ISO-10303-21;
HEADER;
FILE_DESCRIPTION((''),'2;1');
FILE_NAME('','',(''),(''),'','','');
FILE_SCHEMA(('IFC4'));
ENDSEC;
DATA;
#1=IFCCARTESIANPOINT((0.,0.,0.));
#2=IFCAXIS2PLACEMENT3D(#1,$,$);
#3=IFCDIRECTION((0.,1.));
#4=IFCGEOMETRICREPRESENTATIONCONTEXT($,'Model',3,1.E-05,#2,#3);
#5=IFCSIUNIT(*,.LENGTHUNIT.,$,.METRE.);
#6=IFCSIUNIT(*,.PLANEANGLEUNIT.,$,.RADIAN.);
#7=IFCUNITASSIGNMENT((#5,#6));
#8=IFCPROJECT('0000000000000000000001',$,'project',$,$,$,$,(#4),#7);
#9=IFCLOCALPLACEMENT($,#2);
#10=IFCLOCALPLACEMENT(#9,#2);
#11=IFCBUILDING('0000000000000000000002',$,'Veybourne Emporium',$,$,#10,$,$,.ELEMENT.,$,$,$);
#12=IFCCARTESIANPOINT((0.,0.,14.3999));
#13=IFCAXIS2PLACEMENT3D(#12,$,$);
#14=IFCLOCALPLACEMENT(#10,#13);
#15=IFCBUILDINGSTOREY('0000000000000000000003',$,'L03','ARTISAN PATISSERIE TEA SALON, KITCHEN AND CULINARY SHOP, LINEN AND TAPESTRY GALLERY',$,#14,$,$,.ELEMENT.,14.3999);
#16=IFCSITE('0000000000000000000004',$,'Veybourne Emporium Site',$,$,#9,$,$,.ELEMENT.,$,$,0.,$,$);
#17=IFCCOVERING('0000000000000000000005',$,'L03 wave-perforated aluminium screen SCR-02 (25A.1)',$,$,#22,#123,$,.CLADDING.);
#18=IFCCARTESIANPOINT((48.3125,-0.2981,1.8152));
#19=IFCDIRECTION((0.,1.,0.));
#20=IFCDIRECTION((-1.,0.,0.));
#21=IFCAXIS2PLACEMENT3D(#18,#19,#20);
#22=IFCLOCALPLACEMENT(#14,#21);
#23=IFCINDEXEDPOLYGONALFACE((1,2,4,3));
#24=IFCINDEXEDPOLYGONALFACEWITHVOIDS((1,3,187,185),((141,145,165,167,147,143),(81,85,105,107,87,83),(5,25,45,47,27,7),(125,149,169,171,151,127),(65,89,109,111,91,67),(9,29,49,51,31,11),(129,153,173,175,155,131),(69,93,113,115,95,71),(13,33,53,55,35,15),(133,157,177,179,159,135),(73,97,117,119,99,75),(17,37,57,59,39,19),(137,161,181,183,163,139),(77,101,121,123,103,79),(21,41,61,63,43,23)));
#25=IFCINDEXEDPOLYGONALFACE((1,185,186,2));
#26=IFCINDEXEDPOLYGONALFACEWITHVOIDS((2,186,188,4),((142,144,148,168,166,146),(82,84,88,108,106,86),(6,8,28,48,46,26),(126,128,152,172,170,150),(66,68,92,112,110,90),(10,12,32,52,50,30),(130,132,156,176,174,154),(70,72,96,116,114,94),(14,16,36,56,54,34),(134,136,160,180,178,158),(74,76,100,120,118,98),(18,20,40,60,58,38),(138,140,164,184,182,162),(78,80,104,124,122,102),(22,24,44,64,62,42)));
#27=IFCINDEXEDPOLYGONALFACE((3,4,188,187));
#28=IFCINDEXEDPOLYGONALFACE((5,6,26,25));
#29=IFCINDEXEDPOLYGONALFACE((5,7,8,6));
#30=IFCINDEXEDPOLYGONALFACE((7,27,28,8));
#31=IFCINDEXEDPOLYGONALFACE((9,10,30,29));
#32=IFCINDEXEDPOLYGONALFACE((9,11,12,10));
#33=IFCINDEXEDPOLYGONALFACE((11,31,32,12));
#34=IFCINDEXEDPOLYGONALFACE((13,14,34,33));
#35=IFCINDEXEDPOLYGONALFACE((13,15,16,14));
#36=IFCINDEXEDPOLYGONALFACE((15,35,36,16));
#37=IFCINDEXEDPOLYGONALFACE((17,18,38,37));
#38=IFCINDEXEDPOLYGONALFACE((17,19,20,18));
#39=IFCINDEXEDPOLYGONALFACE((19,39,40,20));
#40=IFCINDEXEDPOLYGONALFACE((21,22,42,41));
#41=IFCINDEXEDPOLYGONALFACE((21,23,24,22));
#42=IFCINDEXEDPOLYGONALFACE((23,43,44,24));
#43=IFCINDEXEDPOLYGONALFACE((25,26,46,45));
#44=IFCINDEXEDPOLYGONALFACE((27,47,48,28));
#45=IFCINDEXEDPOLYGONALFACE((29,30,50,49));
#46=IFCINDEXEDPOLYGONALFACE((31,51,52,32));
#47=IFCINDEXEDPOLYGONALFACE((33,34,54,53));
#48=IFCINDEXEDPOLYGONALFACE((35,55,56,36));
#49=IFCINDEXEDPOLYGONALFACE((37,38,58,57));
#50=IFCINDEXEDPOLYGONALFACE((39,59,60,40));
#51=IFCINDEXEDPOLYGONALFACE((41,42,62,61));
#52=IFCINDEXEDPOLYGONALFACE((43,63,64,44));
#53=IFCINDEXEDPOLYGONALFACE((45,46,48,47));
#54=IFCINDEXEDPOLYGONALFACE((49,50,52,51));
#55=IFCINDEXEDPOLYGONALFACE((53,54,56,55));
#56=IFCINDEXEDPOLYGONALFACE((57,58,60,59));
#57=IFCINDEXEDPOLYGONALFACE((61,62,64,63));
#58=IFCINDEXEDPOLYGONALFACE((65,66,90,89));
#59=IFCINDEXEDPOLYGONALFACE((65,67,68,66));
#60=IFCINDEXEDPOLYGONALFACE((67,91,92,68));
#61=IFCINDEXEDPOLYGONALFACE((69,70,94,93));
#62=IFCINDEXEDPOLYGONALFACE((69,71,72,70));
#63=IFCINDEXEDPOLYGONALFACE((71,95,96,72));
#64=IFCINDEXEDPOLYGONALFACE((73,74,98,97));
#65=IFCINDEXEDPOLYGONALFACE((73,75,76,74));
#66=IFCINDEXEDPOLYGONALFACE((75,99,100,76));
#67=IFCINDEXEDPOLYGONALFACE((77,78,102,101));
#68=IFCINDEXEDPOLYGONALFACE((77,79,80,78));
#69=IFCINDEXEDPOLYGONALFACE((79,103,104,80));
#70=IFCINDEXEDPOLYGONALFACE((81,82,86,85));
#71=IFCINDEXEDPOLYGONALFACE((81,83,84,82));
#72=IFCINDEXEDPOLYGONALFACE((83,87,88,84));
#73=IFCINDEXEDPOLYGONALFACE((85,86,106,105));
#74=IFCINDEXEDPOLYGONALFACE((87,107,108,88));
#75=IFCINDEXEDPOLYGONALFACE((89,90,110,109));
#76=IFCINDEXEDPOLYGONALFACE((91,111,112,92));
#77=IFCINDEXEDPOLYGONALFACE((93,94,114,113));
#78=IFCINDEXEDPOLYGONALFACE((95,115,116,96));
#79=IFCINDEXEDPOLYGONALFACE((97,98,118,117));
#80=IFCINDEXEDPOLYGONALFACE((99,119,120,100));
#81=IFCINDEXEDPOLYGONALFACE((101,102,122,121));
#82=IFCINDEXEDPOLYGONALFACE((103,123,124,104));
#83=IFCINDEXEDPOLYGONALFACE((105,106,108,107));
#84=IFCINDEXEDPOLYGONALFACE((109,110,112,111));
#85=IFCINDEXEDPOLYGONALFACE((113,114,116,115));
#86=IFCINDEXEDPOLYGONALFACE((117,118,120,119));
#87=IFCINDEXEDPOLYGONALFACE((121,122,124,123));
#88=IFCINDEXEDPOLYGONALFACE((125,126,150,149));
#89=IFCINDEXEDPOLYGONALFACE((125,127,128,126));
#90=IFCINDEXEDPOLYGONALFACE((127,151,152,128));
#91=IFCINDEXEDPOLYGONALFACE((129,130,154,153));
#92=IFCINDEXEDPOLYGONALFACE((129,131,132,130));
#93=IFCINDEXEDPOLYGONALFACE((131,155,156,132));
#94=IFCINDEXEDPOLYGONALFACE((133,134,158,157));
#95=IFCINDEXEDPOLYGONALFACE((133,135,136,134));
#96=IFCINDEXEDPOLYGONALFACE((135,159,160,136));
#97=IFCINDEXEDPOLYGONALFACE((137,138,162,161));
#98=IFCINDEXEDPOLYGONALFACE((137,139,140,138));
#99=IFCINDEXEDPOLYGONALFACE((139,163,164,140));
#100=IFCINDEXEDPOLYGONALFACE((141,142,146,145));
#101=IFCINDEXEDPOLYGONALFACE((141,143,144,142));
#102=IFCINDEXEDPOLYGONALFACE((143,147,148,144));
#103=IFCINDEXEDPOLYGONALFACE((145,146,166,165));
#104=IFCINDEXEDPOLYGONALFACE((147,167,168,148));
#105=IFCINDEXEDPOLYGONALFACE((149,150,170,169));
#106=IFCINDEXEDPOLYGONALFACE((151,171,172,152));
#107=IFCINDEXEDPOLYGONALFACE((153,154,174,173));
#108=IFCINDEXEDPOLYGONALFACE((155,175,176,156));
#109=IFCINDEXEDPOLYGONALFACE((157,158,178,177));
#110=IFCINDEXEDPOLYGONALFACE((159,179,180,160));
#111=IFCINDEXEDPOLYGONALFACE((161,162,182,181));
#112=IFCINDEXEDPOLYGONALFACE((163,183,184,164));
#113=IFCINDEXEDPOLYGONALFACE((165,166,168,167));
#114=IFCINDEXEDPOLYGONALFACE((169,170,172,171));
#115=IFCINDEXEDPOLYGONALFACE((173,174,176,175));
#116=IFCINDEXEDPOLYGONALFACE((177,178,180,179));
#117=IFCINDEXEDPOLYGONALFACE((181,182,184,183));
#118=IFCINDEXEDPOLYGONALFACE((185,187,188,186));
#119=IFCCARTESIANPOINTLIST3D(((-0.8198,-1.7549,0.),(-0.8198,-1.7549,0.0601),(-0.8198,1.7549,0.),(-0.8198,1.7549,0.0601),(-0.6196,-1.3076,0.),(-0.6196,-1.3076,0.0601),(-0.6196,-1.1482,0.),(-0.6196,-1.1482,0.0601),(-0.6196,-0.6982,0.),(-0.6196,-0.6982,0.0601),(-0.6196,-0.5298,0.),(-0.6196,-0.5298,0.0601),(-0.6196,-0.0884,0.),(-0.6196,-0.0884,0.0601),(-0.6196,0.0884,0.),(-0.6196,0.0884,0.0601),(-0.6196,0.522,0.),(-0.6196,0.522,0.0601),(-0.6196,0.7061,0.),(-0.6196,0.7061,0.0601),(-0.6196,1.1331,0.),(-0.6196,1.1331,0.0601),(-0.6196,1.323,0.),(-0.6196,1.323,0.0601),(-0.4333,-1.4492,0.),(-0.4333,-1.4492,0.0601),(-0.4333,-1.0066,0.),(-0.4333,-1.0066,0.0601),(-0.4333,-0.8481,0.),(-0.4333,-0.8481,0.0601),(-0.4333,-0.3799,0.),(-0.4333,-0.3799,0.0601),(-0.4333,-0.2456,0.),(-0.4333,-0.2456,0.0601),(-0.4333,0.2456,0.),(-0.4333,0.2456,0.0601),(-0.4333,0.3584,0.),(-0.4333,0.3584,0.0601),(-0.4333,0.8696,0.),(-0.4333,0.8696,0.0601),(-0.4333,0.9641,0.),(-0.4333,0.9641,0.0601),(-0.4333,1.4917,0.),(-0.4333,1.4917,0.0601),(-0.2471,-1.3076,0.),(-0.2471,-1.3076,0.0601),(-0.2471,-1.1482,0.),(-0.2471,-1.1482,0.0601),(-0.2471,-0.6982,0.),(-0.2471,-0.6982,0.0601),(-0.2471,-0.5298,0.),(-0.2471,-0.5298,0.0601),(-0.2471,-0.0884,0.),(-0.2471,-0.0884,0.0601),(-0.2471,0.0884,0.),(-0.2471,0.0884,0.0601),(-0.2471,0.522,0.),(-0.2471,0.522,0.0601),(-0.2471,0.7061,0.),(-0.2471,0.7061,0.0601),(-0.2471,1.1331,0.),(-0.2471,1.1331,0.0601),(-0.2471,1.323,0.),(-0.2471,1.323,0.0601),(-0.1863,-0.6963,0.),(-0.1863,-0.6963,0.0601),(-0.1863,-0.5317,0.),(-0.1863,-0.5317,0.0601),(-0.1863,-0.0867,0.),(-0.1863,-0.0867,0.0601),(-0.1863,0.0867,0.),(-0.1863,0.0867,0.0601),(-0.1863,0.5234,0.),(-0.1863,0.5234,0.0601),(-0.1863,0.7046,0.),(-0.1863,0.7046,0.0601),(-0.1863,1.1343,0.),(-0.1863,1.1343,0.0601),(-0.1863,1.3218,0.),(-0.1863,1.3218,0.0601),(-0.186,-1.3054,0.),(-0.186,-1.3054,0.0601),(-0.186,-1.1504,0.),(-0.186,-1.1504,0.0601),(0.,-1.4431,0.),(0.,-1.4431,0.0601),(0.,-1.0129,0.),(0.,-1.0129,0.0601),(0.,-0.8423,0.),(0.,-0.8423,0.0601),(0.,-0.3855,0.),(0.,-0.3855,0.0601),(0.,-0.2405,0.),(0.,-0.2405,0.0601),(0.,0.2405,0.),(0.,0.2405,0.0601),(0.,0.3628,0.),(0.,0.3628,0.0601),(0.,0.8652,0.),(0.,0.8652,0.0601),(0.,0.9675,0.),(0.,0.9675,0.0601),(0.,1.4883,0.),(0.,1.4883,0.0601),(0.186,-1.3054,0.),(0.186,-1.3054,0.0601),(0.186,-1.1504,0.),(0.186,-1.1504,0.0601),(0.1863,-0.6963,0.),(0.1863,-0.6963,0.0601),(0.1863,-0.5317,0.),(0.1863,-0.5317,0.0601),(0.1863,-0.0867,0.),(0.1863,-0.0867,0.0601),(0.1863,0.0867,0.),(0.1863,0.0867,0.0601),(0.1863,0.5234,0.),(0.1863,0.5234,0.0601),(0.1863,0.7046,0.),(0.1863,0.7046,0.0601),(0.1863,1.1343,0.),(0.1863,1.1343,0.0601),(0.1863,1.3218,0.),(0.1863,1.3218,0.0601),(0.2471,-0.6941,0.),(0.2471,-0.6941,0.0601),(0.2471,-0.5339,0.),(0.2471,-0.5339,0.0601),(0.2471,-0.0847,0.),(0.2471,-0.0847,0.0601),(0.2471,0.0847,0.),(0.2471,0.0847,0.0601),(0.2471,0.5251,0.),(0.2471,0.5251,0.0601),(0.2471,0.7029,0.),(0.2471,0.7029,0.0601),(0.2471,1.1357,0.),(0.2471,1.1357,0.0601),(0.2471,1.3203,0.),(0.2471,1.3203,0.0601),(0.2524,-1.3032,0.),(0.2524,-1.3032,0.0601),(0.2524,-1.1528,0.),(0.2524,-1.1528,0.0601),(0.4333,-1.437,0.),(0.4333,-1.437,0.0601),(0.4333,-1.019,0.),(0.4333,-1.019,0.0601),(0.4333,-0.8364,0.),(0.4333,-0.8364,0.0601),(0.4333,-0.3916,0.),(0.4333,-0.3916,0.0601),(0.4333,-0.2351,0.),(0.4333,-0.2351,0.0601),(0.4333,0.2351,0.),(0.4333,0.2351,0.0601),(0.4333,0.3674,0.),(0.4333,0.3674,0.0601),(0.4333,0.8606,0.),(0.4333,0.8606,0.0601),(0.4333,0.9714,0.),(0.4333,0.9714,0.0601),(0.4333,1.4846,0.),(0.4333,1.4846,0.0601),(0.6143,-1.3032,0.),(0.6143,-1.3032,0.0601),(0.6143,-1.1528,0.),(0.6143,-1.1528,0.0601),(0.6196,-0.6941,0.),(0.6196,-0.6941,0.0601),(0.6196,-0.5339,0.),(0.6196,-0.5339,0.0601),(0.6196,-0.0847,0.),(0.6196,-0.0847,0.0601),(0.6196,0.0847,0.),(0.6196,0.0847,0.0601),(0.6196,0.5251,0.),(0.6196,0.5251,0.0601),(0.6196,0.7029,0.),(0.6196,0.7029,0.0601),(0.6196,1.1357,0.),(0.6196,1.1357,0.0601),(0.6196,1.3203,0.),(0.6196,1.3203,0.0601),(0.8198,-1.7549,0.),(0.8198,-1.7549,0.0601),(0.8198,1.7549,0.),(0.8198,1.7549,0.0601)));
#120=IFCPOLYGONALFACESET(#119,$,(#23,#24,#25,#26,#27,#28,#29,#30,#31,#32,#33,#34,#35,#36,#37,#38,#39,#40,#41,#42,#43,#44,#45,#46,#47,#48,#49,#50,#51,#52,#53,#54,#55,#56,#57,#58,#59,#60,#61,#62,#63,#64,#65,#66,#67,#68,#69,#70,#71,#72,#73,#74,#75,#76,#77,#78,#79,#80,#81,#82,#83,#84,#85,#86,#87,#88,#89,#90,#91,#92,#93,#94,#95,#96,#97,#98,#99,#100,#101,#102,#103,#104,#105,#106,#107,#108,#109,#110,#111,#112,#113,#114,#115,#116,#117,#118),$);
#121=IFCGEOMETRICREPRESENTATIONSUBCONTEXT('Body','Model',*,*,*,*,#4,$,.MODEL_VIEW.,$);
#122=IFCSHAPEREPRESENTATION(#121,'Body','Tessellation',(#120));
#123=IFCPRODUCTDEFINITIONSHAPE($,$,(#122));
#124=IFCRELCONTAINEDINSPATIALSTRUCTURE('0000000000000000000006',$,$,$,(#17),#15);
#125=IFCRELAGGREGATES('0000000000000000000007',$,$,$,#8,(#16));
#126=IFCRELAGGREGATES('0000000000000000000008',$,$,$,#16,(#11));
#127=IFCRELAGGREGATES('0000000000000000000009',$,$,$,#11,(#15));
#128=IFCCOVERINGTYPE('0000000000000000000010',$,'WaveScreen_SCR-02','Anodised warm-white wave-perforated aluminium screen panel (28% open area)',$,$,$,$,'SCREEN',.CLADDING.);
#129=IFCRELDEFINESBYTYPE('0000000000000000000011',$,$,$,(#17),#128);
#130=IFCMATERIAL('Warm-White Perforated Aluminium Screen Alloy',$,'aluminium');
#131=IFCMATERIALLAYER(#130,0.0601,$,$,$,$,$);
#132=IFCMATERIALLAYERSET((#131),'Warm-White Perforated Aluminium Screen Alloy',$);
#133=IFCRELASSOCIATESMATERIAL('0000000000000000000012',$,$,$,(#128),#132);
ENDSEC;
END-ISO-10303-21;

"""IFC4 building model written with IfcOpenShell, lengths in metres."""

from ifc_helpers import new_model, si_unit, direction, frame, origin, place, context, subcontext, project, spatial, polyline, outline, extrude, material, layer, layer_set, type_object, element, save


model = new_model("IFC4")

# Units and contexts
model_context = context("Model", 3, precision=1e-05, world=origin(), true_north=direction((0.0, 1.0)))
body_context = subcontext(model_context, "Body", "Model", "MODEL_VIEW")
ifc_project = project(units=[si_unit("LENGTHUNIT", "METRE"), si_unit("PLANEANGLEUNIT", "RADIAN")], contexts=[model_context])

# Site, building, storey
site_placement = place(None, origin())
site = spatial("IfcSite", under=ifc_project, at=site_placement, Name="Veybourne Emporium Site", CompositionType="ELEMENT", RefElevation=0.0)
building_placement = place(site_placement, origin())
building = spatial("IfcBuilding", under=site, at=building_placement, Name="Veybourne Emporium", CompositionType="ELEMENT")
storey_placement = place(building_placement, frame((0.0, 0.0, 14.3999)))
storey = spatial("IfcBuildingStorey", under=building, at=storey_placement, Name="L03", Description="ARTISAN PATISSERIE TEA SALON, KITCHEN AND CULINARY SHOP, LINEN AND TAPESTRY GALLERY", CompositionType="ELEMENT", Elevation=14.3999)

# Covering
ifc_material_1 = material(Name="Warm-White Perforated Aluminium Screen Alloy", Category="aluminium")
ifc_layer_1 = layer(ifc_material_1, 0.0601)
ifc_layer_set_1 = layer_set([ifc_layer_1], Name="Warm-White Perforated Aluminium Screen Alloy")
covering_type_1 = type_object("IfcCoveringType", Name="WaveScreen_SCR-02", Description="Anodised warm-white wave-perforated aluminium screen panel (28% open area)", ElementType="SCREEN", PredefinedType="CLADDING", material=ifc_layer_set_1)
covering_1_placement = place(storey_placement, frame((48.3125, -0.2981, 1.8152), z_axis=(0.0, 1.0, 0.0), x_axis=(-1.0, 0.0, 0.0)))
element("IfcCovering", 1, at=covering_1_placement, inside=storey, type_object=covering_type_1, Name="L03 wave-perforated aluminium screen SCR-02 (25A.1)", PredefinedType="CLADDING", context=body_context, shape_type="SweptSolid", body=[
    extrude(outline(polyline([(-0.8198, -1.7549), (0.8198, -1.7549), (0.8198, 1.7549), (-0.8198, 1.7549), (-0.8198, -1.7549)]), holes=[polyline([(-0.4333, -1.0066), (-0.2471, -1.1482), (-0.2471, -1.3076), (-0.4333, -1.4492), (-0.6196, -1.3076), (-0.6196, -1.1482), (-0.4333, -1.0066)]), polyline([(-0.4333, -0.3799), (-0.2471, -0.5298), (-0.2471, -0.6982), (-0.4333, -0.8481), (-0.6196, -0.6982), (-0.6196, -0.5298), (-0.4333, -0.3799)]), polyline([(-0.4333, 0.2456), (-0.2471, 0.0884), (-0.2471, -0.0884), (-0.4333, -0.2456), (-0.6196, -0.0884), (-0.6196, 0.0884), (-0.4333, 0.2456)]), polyline([(-0.4333, 0.8696), (-0.2471, 0.7061), (-0.2471, 0.522), (-0.4333, 0.3584), (-0.6196, 0.522), (-0.6196, 0.7061), (-0.4333, 0.8696)]), polyline([(-0.4333, 1.4917), (-0.2471, 1.323), (-0.2471, 1.1331), (-0.4333, 0.9641), (-0.6196, 1.1331), (-0.6196, 1.323), (-0.4333, 1.4917)]), polyline([(0.0, -1.0129), (0.186, -1.1504), (0.186, -1.3054), (0.0, -1.4431), (-0.186, -1.3054), (-0.186, -1.1504), (0.0, -1.0129)]), polyline([(0.0, -0.3855), (0.1863, -0.5317), (0.1863, -0.6963), (0.0, -0.8423), (-0.1863, -0.6963), (-0.1863, -0.5317), (0.0, -0.3855)]), polyline([(0.0, 0.2405), (0.1863, 0.0867), (0.1863, -0.0867), (0.0, -0.2405), (-0.1863, -0.0867), (-0.1863, 0.0867), (0.0, 0.2405)]), polyline([(0.0, 0.8652), (0.1863, 0.7046), (0.1863, 0.5234), (0.0, 0.3628), (-0.1863, 0.5234), (-0.1863, 0.7046), (0.0, 0.8652)]), polyline([(0.0, 1.4883), (0.1863, 1.3218), (0.1863, 1.1343), (0.0, 0.9675), (-0.1863, 1.1343), (-0.1863, 1.3218), (0.0, 1.4883)]), polyline([(0.4333, -1.019), (0.6143, -1.1528), (0.6143, -1.3032), (0.4333, -1.437), (0.2524, -1.3032), (0.2524, -1.1528), (0.4333, -1.019)]), polyline([(0.4333, -0.3916), (0.6196, -0.5339), (0.6196, -0.6941), (0.4333, -0.8364), (0.2471, -0.6941), (0.2471, -0.5339), (0.4333, -0.3916)]), polyline([(0.4333, 0.2351), (0.6196, 0.0847), (0.6196, -0.0847), (0.4333, -0.2351), (0.2471, -0.0847), (0.2471, 0.0847), (0.4333, 0.2351)]), polyline([(0.4333, 0.8606), (0.6196, 0.7029), (0.6196, 0.5251), (0.4333, 0.3674), (0.2471, 0.5251), (0.2471, 0.7029), (0.4333, 0.8606)]), polyline([(0.4333, 1.4846), (0.6196, 1.3203), (0.6196, 1.1357), (0.4333, 0.9714), (0.2471, 1.1357), (0.2471, 1.3203), (0.4333, 1.4846)])]), origin(), (0.0, 0.0, 1.0), 0.0601),
])

save(model, "model.ifc")
